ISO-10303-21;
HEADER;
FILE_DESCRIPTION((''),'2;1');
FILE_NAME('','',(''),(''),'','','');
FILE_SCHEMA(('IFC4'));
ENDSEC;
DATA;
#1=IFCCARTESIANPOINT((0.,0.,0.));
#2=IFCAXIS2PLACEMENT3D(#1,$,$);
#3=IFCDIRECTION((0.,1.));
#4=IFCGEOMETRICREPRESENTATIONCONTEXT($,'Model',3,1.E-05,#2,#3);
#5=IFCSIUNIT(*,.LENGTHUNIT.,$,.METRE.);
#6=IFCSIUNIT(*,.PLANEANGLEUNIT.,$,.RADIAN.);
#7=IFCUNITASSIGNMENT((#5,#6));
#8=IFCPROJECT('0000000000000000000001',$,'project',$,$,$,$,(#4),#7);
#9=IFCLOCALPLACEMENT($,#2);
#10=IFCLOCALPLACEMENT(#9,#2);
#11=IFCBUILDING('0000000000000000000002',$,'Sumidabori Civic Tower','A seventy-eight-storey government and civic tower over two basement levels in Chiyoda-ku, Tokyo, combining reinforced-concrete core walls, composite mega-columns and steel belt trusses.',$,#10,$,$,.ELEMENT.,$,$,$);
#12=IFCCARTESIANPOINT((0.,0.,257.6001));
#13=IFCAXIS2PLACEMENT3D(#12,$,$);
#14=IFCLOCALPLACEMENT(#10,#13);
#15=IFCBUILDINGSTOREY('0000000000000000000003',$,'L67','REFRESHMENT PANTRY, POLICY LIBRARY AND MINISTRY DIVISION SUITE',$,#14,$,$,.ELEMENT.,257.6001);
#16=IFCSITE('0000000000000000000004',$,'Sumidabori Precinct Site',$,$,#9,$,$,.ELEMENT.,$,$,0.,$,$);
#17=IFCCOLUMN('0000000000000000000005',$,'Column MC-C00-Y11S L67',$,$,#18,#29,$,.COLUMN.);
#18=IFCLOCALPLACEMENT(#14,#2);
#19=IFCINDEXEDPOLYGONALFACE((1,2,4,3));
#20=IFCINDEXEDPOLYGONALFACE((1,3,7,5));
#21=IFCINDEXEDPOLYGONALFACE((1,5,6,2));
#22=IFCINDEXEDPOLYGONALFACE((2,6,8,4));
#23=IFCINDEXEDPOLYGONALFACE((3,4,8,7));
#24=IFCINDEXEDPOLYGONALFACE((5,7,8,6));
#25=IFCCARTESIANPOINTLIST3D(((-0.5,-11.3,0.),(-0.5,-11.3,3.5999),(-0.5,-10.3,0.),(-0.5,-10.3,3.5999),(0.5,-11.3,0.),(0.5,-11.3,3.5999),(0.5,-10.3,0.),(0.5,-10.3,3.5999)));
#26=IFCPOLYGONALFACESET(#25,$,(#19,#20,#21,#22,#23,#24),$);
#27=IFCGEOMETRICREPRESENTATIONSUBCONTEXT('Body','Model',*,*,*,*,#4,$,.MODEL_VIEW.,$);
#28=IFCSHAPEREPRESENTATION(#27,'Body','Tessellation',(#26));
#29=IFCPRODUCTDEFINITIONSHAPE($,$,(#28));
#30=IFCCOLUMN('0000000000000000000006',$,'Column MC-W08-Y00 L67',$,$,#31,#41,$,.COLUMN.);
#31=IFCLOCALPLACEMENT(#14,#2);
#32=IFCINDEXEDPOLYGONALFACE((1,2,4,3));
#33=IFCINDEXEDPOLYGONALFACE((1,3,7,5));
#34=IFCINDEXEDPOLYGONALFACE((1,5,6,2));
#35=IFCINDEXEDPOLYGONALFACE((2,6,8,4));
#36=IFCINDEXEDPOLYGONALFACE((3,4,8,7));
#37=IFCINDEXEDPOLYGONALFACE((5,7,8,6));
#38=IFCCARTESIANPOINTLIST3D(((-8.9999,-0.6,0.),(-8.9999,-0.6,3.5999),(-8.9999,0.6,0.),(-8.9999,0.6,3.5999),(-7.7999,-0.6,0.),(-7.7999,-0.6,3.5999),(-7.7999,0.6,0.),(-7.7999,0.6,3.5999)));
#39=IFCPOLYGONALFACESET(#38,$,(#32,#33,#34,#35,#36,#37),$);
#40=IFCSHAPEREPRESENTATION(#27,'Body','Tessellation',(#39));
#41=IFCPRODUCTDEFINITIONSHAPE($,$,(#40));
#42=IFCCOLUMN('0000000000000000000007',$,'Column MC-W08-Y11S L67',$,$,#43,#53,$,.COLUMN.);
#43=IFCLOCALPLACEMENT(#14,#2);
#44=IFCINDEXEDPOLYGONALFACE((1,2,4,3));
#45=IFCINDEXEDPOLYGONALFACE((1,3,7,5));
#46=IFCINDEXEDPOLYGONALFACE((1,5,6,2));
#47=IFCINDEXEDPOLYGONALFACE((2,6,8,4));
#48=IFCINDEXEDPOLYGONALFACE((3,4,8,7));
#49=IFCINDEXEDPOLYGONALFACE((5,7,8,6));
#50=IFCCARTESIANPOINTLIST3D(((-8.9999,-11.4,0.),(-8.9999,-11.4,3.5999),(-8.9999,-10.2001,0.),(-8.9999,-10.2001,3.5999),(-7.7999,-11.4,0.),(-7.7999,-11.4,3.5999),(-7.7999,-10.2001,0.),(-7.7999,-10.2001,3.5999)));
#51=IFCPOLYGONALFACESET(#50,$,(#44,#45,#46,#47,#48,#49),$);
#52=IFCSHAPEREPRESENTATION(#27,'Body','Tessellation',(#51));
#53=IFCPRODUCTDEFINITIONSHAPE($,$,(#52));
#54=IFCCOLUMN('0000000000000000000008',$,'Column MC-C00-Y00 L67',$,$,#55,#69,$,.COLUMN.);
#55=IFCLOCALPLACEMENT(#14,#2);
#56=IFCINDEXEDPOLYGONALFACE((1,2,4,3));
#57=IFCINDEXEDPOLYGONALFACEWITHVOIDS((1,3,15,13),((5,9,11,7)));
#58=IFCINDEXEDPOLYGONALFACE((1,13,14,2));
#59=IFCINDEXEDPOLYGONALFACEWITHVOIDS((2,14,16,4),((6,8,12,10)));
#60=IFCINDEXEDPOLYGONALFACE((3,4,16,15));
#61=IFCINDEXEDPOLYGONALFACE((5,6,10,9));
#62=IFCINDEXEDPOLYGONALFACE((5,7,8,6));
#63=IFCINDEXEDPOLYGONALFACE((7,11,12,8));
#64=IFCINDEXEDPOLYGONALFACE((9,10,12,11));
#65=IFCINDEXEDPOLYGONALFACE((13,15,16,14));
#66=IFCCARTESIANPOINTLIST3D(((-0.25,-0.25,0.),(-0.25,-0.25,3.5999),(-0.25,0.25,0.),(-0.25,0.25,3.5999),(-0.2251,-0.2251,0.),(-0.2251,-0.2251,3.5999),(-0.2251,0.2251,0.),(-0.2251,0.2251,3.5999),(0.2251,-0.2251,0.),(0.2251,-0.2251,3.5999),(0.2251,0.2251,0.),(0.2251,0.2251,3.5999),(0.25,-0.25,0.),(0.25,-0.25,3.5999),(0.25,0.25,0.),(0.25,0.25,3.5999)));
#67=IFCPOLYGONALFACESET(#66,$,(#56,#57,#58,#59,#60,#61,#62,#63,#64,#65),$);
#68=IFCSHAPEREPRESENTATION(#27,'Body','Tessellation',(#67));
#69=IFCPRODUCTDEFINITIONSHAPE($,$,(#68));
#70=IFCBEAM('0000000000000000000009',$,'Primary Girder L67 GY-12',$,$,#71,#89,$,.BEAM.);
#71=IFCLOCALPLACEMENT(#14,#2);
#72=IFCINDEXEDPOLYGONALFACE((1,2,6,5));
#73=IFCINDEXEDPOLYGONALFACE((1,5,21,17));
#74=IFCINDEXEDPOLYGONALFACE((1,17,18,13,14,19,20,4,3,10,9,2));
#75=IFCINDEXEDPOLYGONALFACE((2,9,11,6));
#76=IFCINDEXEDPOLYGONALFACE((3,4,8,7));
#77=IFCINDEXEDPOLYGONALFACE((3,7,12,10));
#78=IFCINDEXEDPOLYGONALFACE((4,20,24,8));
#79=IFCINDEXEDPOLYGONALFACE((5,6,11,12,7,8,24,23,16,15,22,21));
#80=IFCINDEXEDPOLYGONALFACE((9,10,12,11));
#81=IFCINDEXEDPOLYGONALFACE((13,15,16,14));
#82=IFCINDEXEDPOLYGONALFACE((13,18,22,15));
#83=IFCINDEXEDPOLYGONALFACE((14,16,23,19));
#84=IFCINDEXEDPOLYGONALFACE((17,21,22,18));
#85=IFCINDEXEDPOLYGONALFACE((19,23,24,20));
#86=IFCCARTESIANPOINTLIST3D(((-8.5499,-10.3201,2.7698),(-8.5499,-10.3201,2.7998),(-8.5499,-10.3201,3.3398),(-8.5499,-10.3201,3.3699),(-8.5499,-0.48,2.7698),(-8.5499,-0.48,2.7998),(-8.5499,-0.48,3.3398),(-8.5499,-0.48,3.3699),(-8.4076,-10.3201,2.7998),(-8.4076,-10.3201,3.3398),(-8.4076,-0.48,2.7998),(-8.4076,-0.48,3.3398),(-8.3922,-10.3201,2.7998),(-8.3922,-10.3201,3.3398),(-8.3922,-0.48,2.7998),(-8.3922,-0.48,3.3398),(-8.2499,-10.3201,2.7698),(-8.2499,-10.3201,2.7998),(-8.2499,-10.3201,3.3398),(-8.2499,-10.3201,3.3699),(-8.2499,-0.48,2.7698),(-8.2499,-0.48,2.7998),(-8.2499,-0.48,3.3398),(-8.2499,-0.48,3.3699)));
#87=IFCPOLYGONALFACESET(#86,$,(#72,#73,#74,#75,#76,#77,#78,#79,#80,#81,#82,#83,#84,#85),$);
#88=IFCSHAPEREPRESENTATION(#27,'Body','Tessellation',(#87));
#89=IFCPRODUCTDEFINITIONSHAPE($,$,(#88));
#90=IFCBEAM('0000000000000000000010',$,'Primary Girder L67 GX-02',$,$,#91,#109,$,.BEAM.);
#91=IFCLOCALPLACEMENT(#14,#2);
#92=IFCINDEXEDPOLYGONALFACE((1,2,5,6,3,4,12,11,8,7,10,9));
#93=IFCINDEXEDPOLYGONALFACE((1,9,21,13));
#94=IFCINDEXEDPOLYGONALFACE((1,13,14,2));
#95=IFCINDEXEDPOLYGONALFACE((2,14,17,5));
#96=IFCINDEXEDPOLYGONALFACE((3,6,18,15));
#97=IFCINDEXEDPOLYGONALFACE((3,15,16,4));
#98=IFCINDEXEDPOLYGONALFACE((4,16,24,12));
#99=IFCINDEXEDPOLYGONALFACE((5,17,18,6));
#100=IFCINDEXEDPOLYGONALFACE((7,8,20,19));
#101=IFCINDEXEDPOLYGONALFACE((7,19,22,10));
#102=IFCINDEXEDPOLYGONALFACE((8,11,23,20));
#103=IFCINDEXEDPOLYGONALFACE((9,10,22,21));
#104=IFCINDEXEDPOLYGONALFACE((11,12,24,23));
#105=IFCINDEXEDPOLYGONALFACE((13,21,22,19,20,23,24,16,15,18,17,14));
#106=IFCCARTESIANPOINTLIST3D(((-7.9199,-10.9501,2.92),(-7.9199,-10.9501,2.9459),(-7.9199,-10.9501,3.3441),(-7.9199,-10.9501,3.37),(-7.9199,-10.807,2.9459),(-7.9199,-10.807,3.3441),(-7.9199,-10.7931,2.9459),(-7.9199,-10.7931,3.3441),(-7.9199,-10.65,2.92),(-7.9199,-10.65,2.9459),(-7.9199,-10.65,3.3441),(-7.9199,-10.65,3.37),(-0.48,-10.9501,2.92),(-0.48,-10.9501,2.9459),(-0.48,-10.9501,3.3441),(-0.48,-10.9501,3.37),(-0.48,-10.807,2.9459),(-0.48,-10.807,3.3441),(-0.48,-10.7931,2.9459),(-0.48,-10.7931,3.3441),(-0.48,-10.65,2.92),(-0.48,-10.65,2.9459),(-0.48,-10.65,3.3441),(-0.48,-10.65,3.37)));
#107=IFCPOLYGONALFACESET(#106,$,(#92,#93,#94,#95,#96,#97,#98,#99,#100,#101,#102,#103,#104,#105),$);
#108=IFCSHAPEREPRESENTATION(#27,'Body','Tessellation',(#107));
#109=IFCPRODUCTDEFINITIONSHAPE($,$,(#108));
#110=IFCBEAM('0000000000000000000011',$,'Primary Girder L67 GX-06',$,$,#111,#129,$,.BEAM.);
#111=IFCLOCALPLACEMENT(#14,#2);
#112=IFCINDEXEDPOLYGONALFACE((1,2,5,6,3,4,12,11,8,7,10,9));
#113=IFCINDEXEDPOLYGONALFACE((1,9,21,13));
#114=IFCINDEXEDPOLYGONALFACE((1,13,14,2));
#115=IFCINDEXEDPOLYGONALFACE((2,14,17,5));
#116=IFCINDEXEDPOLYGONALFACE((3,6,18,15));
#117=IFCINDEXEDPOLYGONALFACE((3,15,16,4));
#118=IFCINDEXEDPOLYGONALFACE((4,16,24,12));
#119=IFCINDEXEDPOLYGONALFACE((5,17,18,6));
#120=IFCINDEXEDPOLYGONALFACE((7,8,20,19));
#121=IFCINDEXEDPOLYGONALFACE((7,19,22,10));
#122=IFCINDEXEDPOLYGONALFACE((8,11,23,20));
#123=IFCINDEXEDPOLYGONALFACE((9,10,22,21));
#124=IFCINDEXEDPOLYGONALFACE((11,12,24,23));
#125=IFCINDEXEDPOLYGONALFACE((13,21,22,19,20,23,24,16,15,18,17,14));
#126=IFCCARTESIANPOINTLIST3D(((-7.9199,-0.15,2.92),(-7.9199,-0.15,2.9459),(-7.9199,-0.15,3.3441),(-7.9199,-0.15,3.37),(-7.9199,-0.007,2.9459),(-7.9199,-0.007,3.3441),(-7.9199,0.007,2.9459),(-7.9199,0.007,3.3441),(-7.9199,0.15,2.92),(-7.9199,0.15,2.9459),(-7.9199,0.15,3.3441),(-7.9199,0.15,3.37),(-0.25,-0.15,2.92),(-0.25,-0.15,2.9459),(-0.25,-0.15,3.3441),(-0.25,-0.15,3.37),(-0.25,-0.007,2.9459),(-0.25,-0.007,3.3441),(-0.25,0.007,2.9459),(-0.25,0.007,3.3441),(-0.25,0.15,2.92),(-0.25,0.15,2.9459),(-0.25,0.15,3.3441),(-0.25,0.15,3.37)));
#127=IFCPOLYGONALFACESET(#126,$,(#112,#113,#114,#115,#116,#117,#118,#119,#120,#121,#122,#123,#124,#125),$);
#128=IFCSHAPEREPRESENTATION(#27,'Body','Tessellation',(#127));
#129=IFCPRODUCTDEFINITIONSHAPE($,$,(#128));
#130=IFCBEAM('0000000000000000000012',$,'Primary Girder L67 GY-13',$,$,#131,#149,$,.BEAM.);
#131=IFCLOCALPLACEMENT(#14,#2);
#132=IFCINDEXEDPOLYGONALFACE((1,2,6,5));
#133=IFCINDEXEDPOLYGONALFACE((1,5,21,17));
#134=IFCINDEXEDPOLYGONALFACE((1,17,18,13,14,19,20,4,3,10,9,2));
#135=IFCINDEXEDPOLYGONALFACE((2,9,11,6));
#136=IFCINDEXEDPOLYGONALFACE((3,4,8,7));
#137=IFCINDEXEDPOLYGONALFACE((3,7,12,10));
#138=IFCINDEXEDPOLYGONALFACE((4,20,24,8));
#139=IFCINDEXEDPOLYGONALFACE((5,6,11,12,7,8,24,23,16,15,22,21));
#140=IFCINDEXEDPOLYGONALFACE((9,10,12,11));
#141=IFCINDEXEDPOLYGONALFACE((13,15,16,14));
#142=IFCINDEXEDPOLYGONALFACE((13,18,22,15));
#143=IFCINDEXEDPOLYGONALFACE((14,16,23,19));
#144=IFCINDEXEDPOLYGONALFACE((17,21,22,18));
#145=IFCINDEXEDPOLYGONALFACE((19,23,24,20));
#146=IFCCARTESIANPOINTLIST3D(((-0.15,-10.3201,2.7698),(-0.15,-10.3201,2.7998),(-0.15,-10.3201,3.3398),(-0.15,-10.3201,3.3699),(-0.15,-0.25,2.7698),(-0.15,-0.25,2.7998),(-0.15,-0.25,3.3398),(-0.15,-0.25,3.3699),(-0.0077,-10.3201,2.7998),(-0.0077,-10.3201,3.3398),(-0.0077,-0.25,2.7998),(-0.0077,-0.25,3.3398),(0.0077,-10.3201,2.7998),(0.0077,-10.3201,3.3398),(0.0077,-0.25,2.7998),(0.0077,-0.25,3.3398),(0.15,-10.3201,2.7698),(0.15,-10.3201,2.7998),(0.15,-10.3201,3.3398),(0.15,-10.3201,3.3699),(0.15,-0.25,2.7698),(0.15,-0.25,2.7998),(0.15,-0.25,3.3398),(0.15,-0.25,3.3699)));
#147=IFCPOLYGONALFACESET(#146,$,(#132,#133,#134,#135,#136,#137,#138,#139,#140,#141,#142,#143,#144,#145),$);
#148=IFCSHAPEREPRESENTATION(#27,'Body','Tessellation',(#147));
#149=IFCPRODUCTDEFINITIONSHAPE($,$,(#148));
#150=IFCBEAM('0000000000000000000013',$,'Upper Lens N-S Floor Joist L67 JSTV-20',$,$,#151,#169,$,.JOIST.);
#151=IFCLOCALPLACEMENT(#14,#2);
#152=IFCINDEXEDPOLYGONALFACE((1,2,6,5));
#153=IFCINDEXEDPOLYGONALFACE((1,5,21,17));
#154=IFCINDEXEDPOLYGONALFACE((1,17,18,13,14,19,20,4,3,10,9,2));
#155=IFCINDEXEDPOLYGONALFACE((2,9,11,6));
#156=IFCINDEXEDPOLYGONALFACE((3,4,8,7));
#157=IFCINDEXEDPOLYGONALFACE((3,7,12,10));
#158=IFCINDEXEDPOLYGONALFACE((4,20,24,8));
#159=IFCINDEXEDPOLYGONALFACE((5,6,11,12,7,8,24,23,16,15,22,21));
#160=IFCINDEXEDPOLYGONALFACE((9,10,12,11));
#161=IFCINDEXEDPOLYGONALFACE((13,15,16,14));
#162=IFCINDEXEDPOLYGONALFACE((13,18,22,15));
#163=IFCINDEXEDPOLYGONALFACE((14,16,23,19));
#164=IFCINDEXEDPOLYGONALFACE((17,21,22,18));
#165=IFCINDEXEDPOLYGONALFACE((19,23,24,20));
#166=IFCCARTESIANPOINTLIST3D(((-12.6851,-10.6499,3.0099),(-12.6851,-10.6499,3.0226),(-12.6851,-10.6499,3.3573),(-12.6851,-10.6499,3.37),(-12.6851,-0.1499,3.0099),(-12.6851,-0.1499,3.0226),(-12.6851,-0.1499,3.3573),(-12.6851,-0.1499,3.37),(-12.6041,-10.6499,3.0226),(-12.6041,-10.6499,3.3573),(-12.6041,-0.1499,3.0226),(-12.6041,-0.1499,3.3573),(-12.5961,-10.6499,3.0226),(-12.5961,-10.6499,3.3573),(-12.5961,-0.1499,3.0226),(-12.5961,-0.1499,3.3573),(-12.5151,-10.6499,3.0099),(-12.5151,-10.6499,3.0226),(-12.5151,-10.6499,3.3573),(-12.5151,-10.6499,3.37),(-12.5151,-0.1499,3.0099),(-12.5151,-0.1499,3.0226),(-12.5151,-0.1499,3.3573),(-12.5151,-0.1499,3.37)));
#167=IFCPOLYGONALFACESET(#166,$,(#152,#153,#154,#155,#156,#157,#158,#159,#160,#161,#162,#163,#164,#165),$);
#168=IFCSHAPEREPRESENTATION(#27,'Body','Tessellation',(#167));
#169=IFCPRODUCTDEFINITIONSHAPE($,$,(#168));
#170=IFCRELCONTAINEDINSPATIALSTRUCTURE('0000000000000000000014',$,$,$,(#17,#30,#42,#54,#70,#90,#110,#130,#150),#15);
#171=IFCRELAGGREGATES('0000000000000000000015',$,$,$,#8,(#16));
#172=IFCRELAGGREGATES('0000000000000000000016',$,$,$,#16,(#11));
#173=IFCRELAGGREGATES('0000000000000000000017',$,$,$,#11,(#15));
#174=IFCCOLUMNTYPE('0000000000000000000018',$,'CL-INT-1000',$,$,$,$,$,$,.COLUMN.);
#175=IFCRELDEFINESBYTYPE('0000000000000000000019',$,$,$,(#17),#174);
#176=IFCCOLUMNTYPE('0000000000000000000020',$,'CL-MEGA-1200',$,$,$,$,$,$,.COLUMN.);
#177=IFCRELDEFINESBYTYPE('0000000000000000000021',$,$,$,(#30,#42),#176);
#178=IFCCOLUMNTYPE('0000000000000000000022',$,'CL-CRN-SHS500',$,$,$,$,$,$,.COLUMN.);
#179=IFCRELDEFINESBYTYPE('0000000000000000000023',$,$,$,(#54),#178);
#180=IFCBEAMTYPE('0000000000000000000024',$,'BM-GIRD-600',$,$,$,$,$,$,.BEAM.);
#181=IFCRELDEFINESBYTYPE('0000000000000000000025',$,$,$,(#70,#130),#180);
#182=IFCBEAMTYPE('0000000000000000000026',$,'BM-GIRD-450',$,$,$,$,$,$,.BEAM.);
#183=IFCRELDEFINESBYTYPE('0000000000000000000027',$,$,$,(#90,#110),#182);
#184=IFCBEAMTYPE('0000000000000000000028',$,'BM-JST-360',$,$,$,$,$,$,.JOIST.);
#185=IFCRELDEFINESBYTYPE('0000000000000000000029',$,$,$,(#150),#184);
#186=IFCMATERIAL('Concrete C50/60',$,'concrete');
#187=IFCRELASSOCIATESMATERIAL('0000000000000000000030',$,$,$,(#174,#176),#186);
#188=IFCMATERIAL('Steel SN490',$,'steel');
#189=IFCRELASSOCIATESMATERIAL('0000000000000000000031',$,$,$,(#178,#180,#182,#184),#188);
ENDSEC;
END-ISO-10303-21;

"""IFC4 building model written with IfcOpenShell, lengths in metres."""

from ifc_helpers import new_model, si_unit, direction, frame, origin, origin_with_axes, origin_2d, place, context, subcontext, project, spatial, rectangle, hollow_rectangle, i_section, extrude, source, transform, mapped, material, material_profile, profile_set, type_object, element, save


model = new_model("IFC4")

# Units and contexts
model_context = context("Model", 3, precision=1e-05, world=origin(), true_north=direction((0.0, 1.0)))
body_context = subcontext(model_context, "Body", "Model", "MODEL_VIEW")
ifc_project = project(units=[si_unit("LENGTHUNIT", "METRE"), si_unit("PLANEANGLEUNIT", "RADIAN")], contexts=[model_context])

# Site, building, storey
site_placement = place(None, origin())
site = spatial("IfcSite", under=ifc_project, at=site_placement, Name="Sumidabori Precinct Site", CompositionType="ELEMENT", RefElevation=0.0)
building_placement = place(site_placement, origin())
building = spatial("IfcBuilding", under=site, at=building_placement, Name="Sumidabori Civic Tower", Description="A seventy-eight-storey government and civic tower over two basement levels in Chiyoda-ku, Tokyo, combining reinforced-concrete core walls, composite mega-columns and steel belt trusses.", CompositionType="ELEMENT")
storey_placement = place(building_placement, frame((0.0, 0.0, 257.6001)))
storey = spatial("IfcBuildingStorey", under=building, at=storey_placement, Name="L67", Description="REFRESHMENT PANTRY, POLICY LIBRARY AND MINISTRY DIVISION SUITE", CompositionType="ELEMENT", Elevation=257.6001)

# Columns
ifc_material_1 = material(Name="Concrete C50/60", Category="concrete")
ifc_material_profile_1 = material_profile(ifc_material_1, rectangle(XDim=1.0, YDim=1.0, at=origin_2d()), Name="RC 1000x1000")
ifc_profile_set_1 = profile_set([ifc_material_profile_1], Name="Concrete C50/60")
column_type_1 = type_object("IfcColumnType", Name="CL-INT-1000", PredefinedType="COLUMN", material=ifc_profile_set_1)
shared_shape_1 = source(origin(), body_context, "Body", "SweptSolid", [
    extrude(rectangle(XDim=1.0, YDim=1.0, at=origin_2d()), origin(), (0.0, 0.0, 1.0), 3.5999),
])
column_1_placement = place(storey_placement, frame((0.0, -10.8, 0.0), z_axis=(0.0, 0.0, 1.0), x_axis=(1.0, 0.0, 0.0)))
element("IfcColumn", 1, at=column_1_placement, inside=storey, type_object=column_type_1, Name="Column MC-C00-Y11S L67", PredefinedType="COLUMN", context=body_context, shape_type="MappedRepresentation", body=[
    mapped(shared_shape_1, transform((0.0, 0.0, 0.0), x_axis=(1.0, 0.0, 0.0), y_axis=(0.0, 1.0, 0.0), z_axis=(0.0, 0.0, 1.0), scale=1.0)),
])
ifc_material_profile_2 = material_profile(ifc_material_1, rectangle(XDim=1.2, YDim=1.2, at=origin_2d()), Name="RC 1200x1200")
ifc_profile_set_2 = profile_set([ifc_material_profile_2], Name="Concrete C50/60")
column_type_2 = type_object("IfcColumnType", Name="CL-MEGA-1200", PredefinedType="COLUMN", material=ifc_profile_set_2)
shared_shape_2 = source(origin(), body_context, "Body", "SweptSolid", [
    extrude(rectangle(XDim=1.2, YDim=1.2, at=origin_2d()), origin(), (0.0, 0.0, 1.0), 3.5999),
])
for number, where, z_axis, x_axis, name in (
    (2, (-8.3999, 0.0, 0.0), (0.0, 0.0, 1.0), (1.0, 0.0, 0.0), "Column MC-W08-Y00 L67"),
    (3, (-8.3999, -10.8, 0.0), (0.0, 0.0, 1.0), (1.0, 0.0, 0.0), "Column MC-W08-Y11S L67"),
):
    element("IfcColumn", number, at=place(storey_placement, frame(where, z_axis=z_axis, x_axis=x_axis)), inside=storey, type_object=column_type_2, Name=name, PredefinedType="COLUMN", context=body_context, shape_type="MappedRepresentation", body=[
        mapped(shared_shape_2, transform((0.0, 0.0, 0.0), x_axis=(1.0, 0.0, 0.0), y_axis=(0.0, 1.0, 0.0), z_axis=(0.0, 0.0, 1.0), scale=1.0)),
    ])
ifc_material_2 = material(Name="Steel SN490", Category="steel")
ifc_material_profile_3 = material_profile(ifc_material_2, hollow_rectangle(XDim=0.5, YDim=0.5, WallThickness=0.0249, at=origin_2d()), Name="SHS 500x500x25")
ifc_profile_set_3 = profile_set([ifc_material_profile_3], Name="Steel SN490")
column_type_3 = type_object("IfcColumnType", Name="CL-CRN-SHS500", PredefinedType="COLUMN", material=ifc_profile_set_3)
shared_shape_3 = source(origin(), body_context, "Body", "SweptSolid", [
    extrude(hollow_rectangle(XDim=0.5, YDim=0.5, WallThickness=0.0249, at=origin_2d()), origin(), (0.0, 0.0, 1.0), 3.5999),
])
column_2_placement = place(storey_placement, origin_with_axes())
element("IfcColumn", 4, at=column_2_placement, inside=storey, type_object=column_type_3, Name="Column MC-C00-Y00 L67", PredefinedType="COLUMN", context=body_context, shape_type="MappedRepresentation", body=[
    mapped(shared_shape_3, transform((0.0, 0.0, 0.0), x_axis=(1.0, 0.0, 0.0), y_axis=(0.0, 1.0, 0.0), z_axis=(0.0, 0.0, 1.0), scale=1.0)),
])

# Beams
ifc_material_profile_4 = material_profile(ifc_material_2, i_section(OverallWidth=0.3, OverallDepth=0.6001, WebThickness=0.0154, FlangeThickness=0.03, at=origin_2d()), Name="HE 600 B")
ifc_profile_set_4 = profile_set([ifc_material_profile_4], Name="Steel SN490")
beam_type_1 = type_object("IfcBeamType", Name="BM-GIRD-600", PredefinedType="BEAM", material=ifc_profile_set_4)
shared_shape_4 = source(origin(), body_context, "Body", "SweptSolid", [
    extrude(i_section(OverallWidth=0.3, OverallDepth=0.6001, WebThickness=0.0154, FlangeThickness=0.03, at=origin_2d()), origin(), (0.0, 0.0, 1.0), 9.8401),
])
beam_1_placement = place(storey_placement, frame((-8.3999, -10.3201, 3.0698), z_axis=(0.0, 1.0, 0.0), x_axis=(-1.0, 0.0, 0.0)))
element("IfcBeam", 5, at=beam_1_placement, inside=storey, type_object=beam_type_1, Name="Primary Girder L67 GY-12", PredefinedType="BEAM", context=body_context, shape_type="MappedRepresentation", body=[
    mapped(shared_shape_4, transform((0.0, 0.0, 0.0), x_axis=(1.0, 0.0, 0.0), y_axis=(0.0, 1.0, 0.0), z_axis=(0.0, 0.0, 1.0), scale=1.0)),
])
ifc_material_profile_5 = material_profile(ifc_material_2, i_section(OverallWidth=0.3, OverallDepth=0.45, WebThickness=0.0139, FlangeThickness=0.0259, at=origin_2d()), Name="HE 450 B")
ifc_profile_set_5 = profile_set([ifc_material_profile_5], Name="Steel SN490")
beam_type_2 = type_object("IfcBeamType", Name="BM-GIRD-450", PredefinedType="BEAM", material=ifc_profile_set_5)
shared_shape_5 = source(origin(), body_context, "Body", "SweptSolid", [
    extrude(i_section(OverallWidth=0.3, OverallDepth=0.45, WebThickness=0.0139, FlangeThickness=0.0259, at=origin_2d()), origin(), (0.0, 0.0, 1.0), 7.4399),
])
beam_2_placement = place(storey_placement, frame((-7.9199, -10.8, 3.145), z_axis=(1.0, 0.0, 0.0), x_axis=(0.0, 1.0, 0.0)))
element("IfcBeam", 6, at=beam_2_placement, inside=storey, type_object=beam_type_2, Name="Primary Girder L67 GX-02", PredefinedType="BEAM", context=body_context, shape_type="MappedRepresentation", body=[
    mapped(shared_shape_5, transform((0.0, 0.0, 0.0), x_axis=(1.0, 0.0, 0.0), y_axis=(0.0, 1.0, 0.0), z_axis=(0.0, 0.0, 1.0), scale=1.0)),
])
shared_shape_6 = source(origin(), body_context, "Body", "SweptSolid", [
    extrude(i_section(OverallWidth=0.3, OverallDepth=0.45, WebThickness=0.0139, FlangeThickness=0.0259, at=origin_2d()), origin(), (0.0, 0.0, 1.0), 7.6699),
])
beam_3_placement = place(storey_placement, frame((-7.9199, 0.0, 3.145), z_axis=(1.0, 0.0, 0.0), x_axis=(0.0, 1.0, 0.0)))
element("IfcBeam", 7, at=beam_3_placement, inside=storey, type_object=beam_type_2, Name="Primary Girder L67 GX-06", PredefinedType="BEAM", context=body_context, shape_type="MappedRepresentation", body=[
    mapped(shared_shape_6, transform((0.0, 0.0, 0.0), x_axis=(1.0, 0.0, 0.0), y_axis=(0.0, 1.0, 0.0), z_axis=(0.0, 0.0, 1.0), scale=1.0)),
])
shared_shape_7 = source(origin(), body_context, "Body", "SweptSolid", [
    extrude(i_section(OverallWidth=0.3, OverallDepth=0.6001, WebThickness=0.0154, FlangeThickness=0.03, at=origin_2d()), origin(), (0.0, 0.0, 1.0), 10.0701),
])
beam_4_placement = place(storey_placement, frame((0.0, -10.3201, 3.0698), z_axis=(0.0, 1.0, 0.0), x_axis=(-1.0, 0.0, 0.0)))
element("IfcBeam", 8, at=beam_4_placement, inside=storey, type_object=beam_type_1, Name="Primary Girder L67 GY-13", PredefinedType="BEAM", context=body_context, shape_type="MappedRepresentation", body=[
    mapped(shared_shape_7, transform((0.0, 0.0, 0.0), x_axis=(1.0, 0.0, 0.0), y_axis=(0.0, 1.0, 0.0), z_axis=(0.0, 0.0, 1.0), scale=1.0)),
])
ifc_material_profile_6 = material_profile(ifc_material_2, i_section(OverallWidth=0.1699, OverallDepth=0.3601, WebThickness=0.0081, FlangeThickness=0.0127, at=origin_2d()), Name="IPE 360")
ifc_profile_set_6 = profile_set([ifc_material_profile_6], Name="Steel SN490")
beam_type_3 = type_object("IfcBeamType", Name="BM-JST-360", PredefinedType="JOIST", material=ifc_profile_set_6)
shared_shape_8 = source(origin(), body_context, "Body", "SweptSolid", [
    extrude(i_section(OverallWidth=0.1699, OverallDepth=0.3601, WebThickness=0.0081, FlangeThickness=0.0127, at=origin_2d()), origin(), (0.0, 0.0, 1.0), 10.5),
])
for number, where, z_axis, x_axis, name in (
    (9, (-12.6001, -10.6499, 3.1899), (0.0, 1.0, 0.0), (-1.0, 0.0, 0.0), "Upper Lens N-S Floor Joist L67 JSTV-20"),
):
    element("IfcBeam", number, at=place(storey_placement, frame(where, z_axis=z_axis, x_axis=x_axis)), inside=storey, type_object=beam_type_3, Name=name, PredefinedType="JOIST", context=body_context, shape_type="MappedRepresentation", body=[
        mapped(shared_shape_8, transform((0.0, 0.0, 0.0), x_axis=(1.0, 0.0, 0.0), y_axis=(0.0, 1.0, 0.0), z_axis=(0.0, 0.0, 1.0), scale=1.0)),
    ])

save(model, "model.ifc")
